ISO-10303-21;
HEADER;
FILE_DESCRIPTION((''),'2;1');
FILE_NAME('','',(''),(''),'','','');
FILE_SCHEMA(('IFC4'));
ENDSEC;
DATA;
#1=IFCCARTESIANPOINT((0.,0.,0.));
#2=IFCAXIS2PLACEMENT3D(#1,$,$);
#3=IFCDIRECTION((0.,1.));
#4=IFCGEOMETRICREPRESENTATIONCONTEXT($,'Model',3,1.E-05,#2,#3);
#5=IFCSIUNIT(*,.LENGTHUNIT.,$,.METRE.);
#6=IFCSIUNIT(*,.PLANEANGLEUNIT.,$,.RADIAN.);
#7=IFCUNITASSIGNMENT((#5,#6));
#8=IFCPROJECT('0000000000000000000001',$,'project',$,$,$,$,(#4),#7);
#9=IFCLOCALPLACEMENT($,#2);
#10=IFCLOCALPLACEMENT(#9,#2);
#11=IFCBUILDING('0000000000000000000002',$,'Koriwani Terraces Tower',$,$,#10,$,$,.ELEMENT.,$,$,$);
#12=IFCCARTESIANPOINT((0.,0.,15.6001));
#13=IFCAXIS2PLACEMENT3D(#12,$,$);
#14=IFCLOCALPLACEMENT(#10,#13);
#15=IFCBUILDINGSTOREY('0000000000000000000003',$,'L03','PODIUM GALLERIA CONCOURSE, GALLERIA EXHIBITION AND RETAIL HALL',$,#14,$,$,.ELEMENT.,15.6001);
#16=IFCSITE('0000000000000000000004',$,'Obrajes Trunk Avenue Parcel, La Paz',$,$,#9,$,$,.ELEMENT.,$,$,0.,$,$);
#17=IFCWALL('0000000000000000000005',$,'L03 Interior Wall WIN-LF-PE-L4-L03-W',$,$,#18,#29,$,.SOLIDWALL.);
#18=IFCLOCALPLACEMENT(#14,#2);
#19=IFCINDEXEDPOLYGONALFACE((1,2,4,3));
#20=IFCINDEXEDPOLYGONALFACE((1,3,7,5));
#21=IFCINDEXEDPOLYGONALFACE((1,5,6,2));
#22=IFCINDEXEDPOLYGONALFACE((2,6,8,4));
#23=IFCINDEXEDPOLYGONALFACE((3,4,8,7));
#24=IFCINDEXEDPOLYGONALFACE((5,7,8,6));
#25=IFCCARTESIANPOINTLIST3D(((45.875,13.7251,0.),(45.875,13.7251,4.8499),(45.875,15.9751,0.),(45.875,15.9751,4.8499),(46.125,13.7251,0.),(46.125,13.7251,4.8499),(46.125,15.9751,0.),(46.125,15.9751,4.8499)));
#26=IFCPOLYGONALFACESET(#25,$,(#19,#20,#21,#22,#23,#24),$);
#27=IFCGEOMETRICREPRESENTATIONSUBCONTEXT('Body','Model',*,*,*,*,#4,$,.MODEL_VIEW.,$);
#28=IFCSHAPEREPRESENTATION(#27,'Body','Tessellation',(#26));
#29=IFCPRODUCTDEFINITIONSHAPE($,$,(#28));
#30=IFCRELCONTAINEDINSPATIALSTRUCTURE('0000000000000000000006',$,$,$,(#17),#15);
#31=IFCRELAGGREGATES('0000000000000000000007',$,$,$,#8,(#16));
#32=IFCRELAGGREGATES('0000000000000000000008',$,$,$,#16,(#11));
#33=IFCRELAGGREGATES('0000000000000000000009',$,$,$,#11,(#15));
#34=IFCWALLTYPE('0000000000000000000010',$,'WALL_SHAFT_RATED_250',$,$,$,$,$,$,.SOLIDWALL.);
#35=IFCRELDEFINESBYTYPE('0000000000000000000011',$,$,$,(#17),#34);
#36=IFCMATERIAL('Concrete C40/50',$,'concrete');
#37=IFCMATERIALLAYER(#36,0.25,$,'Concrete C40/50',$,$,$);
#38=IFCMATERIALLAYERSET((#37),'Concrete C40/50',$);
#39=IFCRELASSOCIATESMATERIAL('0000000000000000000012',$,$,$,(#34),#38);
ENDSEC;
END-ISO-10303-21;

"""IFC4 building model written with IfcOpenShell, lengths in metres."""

from ifc_helpers import new_model, si_unit, direction, frame, frame_2d, origin, place, context, subcontext, project, spatial, rectangle, extrude, material, layer, layer_set, type_object, element, save


model = new_model("IFC4")

# Units and contexts
model_context = context("Model", 3, precision=1e-05, world=origin(), true_north=direction((0.0, 1.0)))
body_context = subcontext(model_context, "Body", "Model", "MODEL_VIEW")
ifc_project = project(units=[si_unit("LENGTHUNIT", "METRE"), si_unit("PLANEANGLEUNIT", "RADIAN")], contexts=[model_context])

# Site, building, storey
site_placement = place(None, origin())
site = spatial("IfcSite", under=ifc_project, at=site_placement, Name="Obrajes Trunk Avenue Parcel, La Paz", CompositionType="ELEMENT", RefElevation=0.0)
building_placement = place(site_placement, origin())
building = spatial("IfcBuilding", under=site, at=building_placement, Name="Koriwani Terraces Tower", CompositionType="ELEMENT")
storey_placement = place(building_placement, frame((0.0, 0.0, 15.6001)))
storey = spatial("IfcBuildingStorey", under=building, at=storey_placement, Name="L03", Description="PODIUM GALLERIA CONCOURSE, GALLERIA EXHIBITION AND RETAIL HALL", CompositionType="ELEMENT", Elevation=15.6001)

# Shared definitions
ifc_material_1 = material(Name="Concrete C40/50", Category="concrete")
ifc_layer = layer(ifc_material_1, 0.25, Name="Concrete C40/50")
ifc_layer_set = layer_set([ifc_layer], Name="Concrete C40/50")
wall_type = type_object("IfcWallType", Name="WALL_SHAFT_RATED_250", PredefinedType="SOLIDWALL", material=ifc_layer_set)

# Wall
wall_1_placement = place(storey_placement, frame((46.0, 13.7251, 0.0), z_axis=(0.0, 0.0, 1.0), x_axis=(0.0, 1.0, 0.0)))
element("IfcWall", 1, at=wall_1_placement, inside=storey, type_object=wall_type, Name="L03 Interior Wall WIN-LF-PE-L4-L03-W", PredefinedType="SOLIDWALL", context=body_context, shape_type="SweptSolid", body=[
    extrude(rectangle(XDim=2.25, YDim=0.25, at=frame_2d((1.125, 0.0))), origin(), (0.0, 0.0, 1.0), 4.8499),
])

save(model, "model.ifc")
